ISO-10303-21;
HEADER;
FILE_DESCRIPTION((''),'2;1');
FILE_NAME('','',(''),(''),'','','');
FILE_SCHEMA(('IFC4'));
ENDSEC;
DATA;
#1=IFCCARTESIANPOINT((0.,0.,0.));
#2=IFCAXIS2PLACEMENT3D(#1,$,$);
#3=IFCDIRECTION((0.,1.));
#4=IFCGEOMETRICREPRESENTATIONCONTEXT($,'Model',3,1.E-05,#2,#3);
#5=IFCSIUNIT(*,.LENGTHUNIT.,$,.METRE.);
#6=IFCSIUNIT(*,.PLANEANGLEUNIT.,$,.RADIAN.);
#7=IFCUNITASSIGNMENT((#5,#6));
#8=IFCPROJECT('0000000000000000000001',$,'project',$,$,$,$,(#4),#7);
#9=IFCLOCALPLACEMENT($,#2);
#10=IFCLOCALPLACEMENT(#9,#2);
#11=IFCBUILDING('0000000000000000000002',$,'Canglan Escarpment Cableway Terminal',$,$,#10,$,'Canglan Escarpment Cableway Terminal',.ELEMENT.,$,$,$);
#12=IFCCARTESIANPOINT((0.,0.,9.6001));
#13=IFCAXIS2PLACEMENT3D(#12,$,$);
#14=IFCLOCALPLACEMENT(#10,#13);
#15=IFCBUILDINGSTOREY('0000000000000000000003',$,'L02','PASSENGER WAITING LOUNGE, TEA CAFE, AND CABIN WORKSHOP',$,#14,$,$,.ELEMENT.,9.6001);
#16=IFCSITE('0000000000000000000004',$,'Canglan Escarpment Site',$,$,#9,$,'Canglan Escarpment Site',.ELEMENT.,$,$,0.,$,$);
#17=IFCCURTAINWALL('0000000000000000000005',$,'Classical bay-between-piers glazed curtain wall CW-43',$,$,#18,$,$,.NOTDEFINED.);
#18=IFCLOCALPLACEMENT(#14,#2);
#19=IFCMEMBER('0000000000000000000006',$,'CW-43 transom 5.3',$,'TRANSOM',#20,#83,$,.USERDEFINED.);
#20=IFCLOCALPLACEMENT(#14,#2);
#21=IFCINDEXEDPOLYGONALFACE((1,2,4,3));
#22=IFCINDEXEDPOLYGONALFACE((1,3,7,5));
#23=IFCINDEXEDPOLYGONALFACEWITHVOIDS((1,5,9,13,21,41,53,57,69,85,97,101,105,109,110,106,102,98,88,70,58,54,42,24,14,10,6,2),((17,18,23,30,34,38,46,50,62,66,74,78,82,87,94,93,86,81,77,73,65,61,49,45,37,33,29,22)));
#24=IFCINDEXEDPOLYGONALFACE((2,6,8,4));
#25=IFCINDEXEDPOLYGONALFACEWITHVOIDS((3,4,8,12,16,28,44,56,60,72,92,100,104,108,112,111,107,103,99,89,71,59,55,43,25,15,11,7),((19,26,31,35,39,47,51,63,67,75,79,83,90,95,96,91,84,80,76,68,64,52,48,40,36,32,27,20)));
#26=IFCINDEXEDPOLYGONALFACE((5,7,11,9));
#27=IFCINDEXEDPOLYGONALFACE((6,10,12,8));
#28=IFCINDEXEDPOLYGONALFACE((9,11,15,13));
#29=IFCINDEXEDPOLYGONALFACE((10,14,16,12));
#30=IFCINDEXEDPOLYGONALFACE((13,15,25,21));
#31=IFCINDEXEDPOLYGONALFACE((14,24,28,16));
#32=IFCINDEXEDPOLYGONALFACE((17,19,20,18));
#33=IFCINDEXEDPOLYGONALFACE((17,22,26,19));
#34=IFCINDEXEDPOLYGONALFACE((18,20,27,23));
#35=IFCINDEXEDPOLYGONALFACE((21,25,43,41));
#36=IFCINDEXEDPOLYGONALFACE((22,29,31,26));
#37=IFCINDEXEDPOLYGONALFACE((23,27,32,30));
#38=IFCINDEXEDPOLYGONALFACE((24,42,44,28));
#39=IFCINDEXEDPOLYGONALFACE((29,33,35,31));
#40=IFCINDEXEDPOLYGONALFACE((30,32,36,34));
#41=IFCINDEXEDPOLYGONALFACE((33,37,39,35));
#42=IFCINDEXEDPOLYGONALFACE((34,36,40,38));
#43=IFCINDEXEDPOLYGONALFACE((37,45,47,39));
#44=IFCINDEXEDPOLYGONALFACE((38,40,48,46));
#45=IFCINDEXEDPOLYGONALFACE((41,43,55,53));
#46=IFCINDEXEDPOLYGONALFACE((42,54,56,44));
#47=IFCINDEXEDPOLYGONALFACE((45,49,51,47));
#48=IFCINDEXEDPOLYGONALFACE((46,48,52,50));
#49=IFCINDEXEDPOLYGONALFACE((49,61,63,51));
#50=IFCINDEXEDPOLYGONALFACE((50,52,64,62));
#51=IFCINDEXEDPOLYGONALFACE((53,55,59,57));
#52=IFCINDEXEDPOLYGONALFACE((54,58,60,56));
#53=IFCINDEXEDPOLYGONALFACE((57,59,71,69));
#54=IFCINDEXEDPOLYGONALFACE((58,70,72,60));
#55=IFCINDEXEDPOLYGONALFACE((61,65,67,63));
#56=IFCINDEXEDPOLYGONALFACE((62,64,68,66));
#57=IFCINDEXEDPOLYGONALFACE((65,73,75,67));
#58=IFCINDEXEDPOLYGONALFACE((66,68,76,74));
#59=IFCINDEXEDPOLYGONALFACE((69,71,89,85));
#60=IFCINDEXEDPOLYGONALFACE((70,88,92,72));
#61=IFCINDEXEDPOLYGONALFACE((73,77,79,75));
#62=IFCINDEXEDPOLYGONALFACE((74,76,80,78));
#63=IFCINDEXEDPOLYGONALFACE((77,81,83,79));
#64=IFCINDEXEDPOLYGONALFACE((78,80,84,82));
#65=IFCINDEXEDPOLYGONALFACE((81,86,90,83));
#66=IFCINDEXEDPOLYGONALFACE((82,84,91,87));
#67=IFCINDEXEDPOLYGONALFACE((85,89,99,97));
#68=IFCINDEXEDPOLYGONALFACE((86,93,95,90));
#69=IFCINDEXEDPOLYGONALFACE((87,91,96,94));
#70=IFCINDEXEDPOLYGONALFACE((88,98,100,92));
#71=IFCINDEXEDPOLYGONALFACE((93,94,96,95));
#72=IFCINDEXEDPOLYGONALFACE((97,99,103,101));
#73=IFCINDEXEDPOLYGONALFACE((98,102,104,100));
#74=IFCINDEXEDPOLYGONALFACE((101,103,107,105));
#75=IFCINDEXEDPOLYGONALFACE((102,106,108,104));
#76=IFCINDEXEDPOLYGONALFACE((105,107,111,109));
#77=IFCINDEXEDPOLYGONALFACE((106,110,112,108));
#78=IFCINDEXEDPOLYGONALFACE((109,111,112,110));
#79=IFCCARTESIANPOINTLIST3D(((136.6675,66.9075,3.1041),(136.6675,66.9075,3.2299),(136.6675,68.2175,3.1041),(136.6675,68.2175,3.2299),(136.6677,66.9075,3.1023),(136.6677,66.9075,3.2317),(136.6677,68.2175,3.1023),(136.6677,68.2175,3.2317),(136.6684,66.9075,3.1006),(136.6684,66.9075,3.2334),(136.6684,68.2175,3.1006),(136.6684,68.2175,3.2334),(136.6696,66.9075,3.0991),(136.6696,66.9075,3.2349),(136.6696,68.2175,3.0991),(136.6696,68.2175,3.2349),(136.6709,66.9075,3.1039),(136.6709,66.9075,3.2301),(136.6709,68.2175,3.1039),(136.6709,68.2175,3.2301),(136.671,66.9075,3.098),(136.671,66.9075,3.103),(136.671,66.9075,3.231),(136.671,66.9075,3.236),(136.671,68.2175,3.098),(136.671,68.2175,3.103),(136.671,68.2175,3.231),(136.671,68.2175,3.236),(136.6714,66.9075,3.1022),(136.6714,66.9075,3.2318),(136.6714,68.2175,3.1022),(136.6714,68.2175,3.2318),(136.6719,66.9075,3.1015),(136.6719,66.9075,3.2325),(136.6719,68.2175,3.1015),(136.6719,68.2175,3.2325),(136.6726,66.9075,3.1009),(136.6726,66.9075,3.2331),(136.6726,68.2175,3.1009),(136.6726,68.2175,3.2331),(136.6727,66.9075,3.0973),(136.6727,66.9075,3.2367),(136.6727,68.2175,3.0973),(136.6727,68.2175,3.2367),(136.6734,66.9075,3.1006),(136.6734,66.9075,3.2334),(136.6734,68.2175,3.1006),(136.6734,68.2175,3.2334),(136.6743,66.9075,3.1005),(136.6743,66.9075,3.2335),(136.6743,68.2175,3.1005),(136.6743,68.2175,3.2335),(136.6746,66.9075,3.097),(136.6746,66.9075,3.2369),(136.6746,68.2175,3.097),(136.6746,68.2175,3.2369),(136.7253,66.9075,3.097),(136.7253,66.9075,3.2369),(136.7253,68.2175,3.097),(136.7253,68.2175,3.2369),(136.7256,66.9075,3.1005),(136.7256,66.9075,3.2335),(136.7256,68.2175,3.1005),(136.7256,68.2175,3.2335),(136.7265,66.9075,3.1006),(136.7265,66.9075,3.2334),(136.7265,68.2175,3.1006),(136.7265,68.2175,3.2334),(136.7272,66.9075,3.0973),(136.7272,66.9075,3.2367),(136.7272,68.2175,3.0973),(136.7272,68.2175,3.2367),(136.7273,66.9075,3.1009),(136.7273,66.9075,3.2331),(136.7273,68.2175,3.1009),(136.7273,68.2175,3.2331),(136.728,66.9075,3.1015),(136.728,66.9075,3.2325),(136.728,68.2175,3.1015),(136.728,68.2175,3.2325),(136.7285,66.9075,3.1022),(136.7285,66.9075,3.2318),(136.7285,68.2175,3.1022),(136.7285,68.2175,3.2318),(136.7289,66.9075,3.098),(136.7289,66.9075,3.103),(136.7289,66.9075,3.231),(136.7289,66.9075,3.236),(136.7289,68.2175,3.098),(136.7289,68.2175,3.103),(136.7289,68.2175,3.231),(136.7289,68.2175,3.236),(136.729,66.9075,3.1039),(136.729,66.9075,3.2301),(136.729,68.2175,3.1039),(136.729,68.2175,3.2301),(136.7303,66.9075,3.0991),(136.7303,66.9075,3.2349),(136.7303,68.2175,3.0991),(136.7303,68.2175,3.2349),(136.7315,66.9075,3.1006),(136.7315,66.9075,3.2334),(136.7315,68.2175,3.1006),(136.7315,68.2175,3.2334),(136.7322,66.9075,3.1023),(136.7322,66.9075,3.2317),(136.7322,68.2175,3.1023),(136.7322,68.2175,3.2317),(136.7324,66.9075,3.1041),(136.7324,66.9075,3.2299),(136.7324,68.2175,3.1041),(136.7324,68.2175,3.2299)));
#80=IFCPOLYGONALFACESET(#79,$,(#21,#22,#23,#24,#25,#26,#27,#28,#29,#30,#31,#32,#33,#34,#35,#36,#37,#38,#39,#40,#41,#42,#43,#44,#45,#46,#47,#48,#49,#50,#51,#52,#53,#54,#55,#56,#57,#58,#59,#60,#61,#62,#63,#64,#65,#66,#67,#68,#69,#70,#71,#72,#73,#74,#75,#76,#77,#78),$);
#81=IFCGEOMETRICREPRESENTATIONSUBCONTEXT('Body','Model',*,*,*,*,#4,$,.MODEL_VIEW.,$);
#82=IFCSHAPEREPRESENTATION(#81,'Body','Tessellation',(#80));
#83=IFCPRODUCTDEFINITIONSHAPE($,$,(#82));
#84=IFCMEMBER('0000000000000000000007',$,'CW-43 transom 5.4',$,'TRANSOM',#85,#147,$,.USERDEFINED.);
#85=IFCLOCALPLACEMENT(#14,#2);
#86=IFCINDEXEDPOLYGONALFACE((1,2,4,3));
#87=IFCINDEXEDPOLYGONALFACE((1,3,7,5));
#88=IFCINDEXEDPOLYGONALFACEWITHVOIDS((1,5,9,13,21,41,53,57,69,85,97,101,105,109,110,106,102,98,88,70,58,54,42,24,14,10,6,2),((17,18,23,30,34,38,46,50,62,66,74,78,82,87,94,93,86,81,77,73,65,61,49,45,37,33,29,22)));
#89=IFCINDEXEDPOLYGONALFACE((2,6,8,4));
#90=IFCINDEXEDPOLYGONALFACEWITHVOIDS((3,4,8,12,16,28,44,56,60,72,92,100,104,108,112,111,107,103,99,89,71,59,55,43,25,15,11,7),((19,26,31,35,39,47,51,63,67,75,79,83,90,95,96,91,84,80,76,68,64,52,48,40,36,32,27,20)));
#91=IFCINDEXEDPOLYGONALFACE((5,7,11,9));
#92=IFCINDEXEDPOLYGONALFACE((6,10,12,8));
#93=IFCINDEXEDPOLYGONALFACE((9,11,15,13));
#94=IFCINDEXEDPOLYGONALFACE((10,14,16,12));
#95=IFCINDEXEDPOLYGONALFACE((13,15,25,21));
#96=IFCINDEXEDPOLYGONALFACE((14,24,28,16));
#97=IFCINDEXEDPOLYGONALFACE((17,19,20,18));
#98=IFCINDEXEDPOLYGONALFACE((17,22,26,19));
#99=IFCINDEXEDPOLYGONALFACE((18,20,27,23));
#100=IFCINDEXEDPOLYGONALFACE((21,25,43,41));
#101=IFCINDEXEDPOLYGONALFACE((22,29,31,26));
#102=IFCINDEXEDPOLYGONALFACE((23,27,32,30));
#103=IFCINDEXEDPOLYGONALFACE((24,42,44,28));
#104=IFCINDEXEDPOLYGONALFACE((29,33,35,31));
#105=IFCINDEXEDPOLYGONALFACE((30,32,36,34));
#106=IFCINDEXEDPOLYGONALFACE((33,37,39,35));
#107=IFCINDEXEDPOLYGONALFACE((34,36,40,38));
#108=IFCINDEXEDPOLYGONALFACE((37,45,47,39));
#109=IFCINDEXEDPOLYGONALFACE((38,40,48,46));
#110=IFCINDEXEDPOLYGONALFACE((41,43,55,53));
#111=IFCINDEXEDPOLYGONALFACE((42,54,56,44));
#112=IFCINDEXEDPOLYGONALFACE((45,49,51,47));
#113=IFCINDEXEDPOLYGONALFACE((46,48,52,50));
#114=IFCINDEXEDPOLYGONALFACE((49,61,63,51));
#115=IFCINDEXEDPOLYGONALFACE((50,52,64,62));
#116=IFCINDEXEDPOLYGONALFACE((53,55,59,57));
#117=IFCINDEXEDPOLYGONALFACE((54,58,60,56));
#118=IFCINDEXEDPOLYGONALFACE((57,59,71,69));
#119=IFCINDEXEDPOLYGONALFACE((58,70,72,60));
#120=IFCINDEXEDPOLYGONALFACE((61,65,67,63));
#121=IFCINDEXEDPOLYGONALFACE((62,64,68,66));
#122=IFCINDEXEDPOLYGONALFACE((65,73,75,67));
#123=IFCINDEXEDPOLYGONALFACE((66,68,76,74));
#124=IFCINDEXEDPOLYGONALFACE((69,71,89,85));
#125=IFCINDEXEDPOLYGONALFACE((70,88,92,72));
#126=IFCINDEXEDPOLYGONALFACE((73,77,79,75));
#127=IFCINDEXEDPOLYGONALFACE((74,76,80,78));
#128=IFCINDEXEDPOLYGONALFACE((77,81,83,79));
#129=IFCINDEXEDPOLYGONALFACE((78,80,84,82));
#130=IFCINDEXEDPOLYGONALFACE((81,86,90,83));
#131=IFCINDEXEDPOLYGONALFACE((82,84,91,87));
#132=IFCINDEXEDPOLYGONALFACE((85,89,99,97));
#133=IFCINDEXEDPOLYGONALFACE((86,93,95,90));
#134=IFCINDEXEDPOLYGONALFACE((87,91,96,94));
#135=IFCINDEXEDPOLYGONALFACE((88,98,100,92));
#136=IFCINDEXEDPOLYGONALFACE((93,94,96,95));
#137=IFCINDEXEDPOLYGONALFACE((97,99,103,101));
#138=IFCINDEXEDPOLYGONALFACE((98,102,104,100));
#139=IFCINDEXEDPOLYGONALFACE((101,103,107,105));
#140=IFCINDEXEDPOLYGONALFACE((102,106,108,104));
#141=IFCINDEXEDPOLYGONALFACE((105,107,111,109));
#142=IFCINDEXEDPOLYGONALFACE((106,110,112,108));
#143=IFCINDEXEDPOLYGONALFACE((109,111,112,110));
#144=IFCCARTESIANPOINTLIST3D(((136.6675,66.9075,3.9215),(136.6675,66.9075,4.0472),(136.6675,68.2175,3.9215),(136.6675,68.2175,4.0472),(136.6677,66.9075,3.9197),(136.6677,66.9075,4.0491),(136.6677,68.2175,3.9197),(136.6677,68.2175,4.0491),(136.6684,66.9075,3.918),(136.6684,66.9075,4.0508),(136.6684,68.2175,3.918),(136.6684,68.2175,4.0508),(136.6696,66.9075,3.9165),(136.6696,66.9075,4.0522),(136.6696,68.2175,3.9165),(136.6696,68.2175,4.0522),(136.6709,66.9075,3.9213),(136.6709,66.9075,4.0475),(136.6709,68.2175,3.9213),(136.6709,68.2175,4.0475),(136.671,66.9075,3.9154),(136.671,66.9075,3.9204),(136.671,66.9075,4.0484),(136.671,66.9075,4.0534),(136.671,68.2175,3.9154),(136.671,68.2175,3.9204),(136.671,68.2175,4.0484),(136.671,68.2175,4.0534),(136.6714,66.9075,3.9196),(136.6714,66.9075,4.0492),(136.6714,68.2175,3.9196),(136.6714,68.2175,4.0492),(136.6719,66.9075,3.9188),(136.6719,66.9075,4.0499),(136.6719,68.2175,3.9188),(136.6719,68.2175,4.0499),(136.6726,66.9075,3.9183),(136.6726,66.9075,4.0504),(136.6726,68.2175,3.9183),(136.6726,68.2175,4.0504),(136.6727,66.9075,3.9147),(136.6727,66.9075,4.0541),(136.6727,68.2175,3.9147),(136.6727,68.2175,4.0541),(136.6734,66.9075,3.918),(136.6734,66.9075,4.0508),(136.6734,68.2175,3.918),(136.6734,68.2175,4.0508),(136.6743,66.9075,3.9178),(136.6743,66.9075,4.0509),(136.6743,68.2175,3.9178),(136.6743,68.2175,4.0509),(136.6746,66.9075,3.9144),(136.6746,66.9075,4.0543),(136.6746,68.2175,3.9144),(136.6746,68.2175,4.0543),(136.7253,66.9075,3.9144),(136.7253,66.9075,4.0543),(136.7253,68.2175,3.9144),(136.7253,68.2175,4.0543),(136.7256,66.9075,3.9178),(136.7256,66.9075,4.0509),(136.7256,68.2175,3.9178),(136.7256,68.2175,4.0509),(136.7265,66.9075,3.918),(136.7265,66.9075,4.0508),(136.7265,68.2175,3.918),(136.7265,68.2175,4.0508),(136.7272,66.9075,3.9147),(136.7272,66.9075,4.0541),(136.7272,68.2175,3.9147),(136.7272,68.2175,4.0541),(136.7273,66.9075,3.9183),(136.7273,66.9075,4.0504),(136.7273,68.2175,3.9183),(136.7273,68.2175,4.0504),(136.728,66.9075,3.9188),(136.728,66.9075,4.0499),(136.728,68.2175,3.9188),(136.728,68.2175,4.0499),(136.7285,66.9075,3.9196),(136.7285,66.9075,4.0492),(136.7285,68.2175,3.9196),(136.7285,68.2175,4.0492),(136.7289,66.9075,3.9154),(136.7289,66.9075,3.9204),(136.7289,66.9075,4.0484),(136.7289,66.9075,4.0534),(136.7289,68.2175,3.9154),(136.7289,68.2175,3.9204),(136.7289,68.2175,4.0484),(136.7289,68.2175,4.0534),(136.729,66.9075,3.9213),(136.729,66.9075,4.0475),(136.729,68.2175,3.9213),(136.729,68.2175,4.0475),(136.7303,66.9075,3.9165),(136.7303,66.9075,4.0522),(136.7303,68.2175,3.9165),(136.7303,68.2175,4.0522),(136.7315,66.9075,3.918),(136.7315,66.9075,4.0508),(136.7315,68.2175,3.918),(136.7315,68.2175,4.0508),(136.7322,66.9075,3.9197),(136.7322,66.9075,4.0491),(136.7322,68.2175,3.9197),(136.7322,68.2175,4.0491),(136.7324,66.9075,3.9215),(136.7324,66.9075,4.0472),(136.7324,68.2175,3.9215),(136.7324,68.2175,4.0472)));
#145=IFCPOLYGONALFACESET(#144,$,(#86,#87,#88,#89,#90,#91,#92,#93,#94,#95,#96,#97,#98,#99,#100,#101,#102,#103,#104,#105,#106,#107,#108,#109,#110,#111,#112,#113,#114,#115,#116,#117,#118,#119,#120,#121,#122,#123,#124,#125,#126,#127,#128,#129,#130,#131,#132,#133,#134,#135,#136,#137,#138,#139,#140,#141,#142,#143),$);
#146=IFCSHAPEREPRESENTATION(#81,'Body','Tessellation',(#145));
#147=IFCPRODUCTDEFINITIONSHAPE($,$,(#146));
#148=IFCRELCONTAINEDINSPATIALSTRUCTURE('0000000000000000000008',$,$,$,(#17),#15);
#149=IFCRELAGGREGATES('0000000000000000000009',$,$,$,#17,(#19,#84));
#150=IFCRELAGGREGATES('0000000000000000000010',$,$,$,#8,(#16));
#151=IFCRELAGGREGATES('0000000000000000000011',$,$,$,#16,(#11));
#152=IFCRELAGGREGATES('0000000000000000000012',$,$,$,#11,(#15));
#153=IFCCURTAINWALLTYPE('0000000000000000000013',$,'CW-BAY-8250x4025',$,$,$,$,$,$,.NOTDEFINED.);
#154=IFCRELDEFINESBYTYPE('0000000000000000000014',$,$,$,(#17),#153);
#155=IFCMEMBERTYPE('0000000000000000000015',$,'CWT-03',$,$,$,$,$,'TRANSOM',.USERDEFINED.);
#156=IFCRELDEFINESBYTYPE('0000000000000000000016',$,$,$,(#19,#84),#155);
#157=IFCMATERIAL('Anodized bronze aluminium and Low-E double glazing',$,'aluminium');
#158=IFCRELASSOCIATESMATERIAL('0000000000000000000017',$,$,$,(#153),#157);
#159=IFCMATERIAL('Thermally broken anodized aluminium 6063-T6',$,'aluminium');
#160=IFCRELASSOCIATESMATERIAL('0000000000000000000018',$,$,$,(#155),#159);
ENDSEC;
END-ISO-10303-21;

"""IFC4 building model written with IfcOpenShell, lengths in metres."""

from ifc_helpers import new_model, si_unit, direction, frame, origin, origin_2d, place, context, subcontext, project, spatial, hollow_rectangle, extrude, material, material_profile, profile_set, type_object, element, aggregate, save


model = new_model("IFC4")

# Units and contexts
model_context = context("Model", 3, precision=1e-05, world=origin(), true_north=direction((0.0, 1.0)))
body_context = subcontext(model_context, "Body", "Model", "MODEL_VIEW")
ifc_project = project(units=[si_unit("LENGTHUNIT", "METRE"), si_unit("PLANEANGLEUNIT", "RADIAN")], contexts=[model_context])

# Site, building, storey
site_placement = place(None, origin())
site = spatial("IfcSite", under=ifc_project, at=site_placement, Name="Canglan Escarpment Site", LongName="Canglan Escarpment Site", CompositionType="ELEMENT", RefElevation=0.0)
building_placement = place(site_placement, origin())
building = spatial("IfcBuilding", under=site, at=building_placement, Name="Canglan Escarpment Cableway Terminal", LongName="Canglan Escarpment Cableway Terminal", CompositionType="ELEMENT")
storey_placement = place(building_placement, frame((0.0, 0.0, 9.6001)))
storey = spatial("IfcBuildingStorey", under=building, at=storey_placement, Name="L02", Description="PASSENGER WAITING LOUNGE, TEA CAFE, AND CABIN WORKSHOP", CompositionType="ELEMENT", Elevation=9.6001)

# Curtain wall
ifc_material_1 = material(Name="Anodized bronze aluminium and Low-E double glazing", Category="aluminium")
ifc_material_2 = material(Name="Thermally broken anodized aluminium 6063-T6", Category="aluminium")
curtain_wall_type_1 = type_object("IfcCurtainWallType", Name="CW-BAY-8250x4025", PredefinedType="NOTDEFINED", material=ifc_material_1)
curtain_wall_1_placement = place(storey_placement, origin())
curtain_wall_1 = element("IfcCurtainWall", 1, at=curtain_wall_1_placement, inside=storey, type_object=curtain_wall_type_1, Name="Classical bay-between-piers glazed curtain wall CW-43", PredefinedType="NOTDEFINED")

# Members
ifc_material_profile_1 = material_profile(ifc_material_2, hollow_rectangle(XDim=0.0649, YDim=0.1399, WallThickness=0.0034, InnerFilletRadius=0.0034, OuterFilletRadius=0.0071, at=origin_2d()), Name="ALU-TRAN 65x140x3.5")
ifc_profile_set_1 = profile_set([ifc_material_profile_1], Name="Thermally broken anodized aluminium 6063-T6")
member_type_1 = type_object("IfcMemberType", Name="CWT-03", ElementType="TRANSOM", PredefinedType="USERDEFINED", material=ifc_profile_set_1)
member_1_placement = place(storey_placement, frame((136.7, 66.9075, 3.167), z_axis=(0.0, 1.0, 0.0), x_axis=(-1.0, 0.0, 0.0)))
member_1 = element("IfcMember", 2, at=member_1_placement, type_object=member_type_1, Name="CW-43 transom 5.3", ObjectType="TRANSOM", PredefinedType="USERDEFINED", context=body_context, shape_type="SweptSolid", body=[
    extrude(hollow_rectangle(XDim=0.0649, YDim=0.1399, WallThickness=0.0034, InnerFilletRadius=0.0034, OuterFilletRadius=0.0071, at=origin_2d()), origin(), (0.0, 0.0, 1.0), 1.3101),
])
member_2_placement = place(storey_placement, frame((136.7, 66.9075, 3.9844), z_axis=(0.0, 1.0, 0.0), x_axis=(-1.0, 0.0, 0.0)))
member_2 = element("IfcMember", 3, at=member_2_placement, type_object=member_type_1, Name="CW-43 transom 5.4", ObjectType="TRANSOM", PredefinedType="USERDEFINED", context=body_context, shape_type="SweptSolid", body=[
    extrude(hollow_rectangle(XDim=0.0649, YDim=0.1399, WallThickness=0.0034, InnerFilletRadius=0.0034, OuterFilletRadius=0.0071, at=origin_2d()), origin(), (0.0, 0.0, 1.0), 1.3101),
])

aggregate(curtain_wall_1, [member_1, member_2])

save(model, "model.ifc")
